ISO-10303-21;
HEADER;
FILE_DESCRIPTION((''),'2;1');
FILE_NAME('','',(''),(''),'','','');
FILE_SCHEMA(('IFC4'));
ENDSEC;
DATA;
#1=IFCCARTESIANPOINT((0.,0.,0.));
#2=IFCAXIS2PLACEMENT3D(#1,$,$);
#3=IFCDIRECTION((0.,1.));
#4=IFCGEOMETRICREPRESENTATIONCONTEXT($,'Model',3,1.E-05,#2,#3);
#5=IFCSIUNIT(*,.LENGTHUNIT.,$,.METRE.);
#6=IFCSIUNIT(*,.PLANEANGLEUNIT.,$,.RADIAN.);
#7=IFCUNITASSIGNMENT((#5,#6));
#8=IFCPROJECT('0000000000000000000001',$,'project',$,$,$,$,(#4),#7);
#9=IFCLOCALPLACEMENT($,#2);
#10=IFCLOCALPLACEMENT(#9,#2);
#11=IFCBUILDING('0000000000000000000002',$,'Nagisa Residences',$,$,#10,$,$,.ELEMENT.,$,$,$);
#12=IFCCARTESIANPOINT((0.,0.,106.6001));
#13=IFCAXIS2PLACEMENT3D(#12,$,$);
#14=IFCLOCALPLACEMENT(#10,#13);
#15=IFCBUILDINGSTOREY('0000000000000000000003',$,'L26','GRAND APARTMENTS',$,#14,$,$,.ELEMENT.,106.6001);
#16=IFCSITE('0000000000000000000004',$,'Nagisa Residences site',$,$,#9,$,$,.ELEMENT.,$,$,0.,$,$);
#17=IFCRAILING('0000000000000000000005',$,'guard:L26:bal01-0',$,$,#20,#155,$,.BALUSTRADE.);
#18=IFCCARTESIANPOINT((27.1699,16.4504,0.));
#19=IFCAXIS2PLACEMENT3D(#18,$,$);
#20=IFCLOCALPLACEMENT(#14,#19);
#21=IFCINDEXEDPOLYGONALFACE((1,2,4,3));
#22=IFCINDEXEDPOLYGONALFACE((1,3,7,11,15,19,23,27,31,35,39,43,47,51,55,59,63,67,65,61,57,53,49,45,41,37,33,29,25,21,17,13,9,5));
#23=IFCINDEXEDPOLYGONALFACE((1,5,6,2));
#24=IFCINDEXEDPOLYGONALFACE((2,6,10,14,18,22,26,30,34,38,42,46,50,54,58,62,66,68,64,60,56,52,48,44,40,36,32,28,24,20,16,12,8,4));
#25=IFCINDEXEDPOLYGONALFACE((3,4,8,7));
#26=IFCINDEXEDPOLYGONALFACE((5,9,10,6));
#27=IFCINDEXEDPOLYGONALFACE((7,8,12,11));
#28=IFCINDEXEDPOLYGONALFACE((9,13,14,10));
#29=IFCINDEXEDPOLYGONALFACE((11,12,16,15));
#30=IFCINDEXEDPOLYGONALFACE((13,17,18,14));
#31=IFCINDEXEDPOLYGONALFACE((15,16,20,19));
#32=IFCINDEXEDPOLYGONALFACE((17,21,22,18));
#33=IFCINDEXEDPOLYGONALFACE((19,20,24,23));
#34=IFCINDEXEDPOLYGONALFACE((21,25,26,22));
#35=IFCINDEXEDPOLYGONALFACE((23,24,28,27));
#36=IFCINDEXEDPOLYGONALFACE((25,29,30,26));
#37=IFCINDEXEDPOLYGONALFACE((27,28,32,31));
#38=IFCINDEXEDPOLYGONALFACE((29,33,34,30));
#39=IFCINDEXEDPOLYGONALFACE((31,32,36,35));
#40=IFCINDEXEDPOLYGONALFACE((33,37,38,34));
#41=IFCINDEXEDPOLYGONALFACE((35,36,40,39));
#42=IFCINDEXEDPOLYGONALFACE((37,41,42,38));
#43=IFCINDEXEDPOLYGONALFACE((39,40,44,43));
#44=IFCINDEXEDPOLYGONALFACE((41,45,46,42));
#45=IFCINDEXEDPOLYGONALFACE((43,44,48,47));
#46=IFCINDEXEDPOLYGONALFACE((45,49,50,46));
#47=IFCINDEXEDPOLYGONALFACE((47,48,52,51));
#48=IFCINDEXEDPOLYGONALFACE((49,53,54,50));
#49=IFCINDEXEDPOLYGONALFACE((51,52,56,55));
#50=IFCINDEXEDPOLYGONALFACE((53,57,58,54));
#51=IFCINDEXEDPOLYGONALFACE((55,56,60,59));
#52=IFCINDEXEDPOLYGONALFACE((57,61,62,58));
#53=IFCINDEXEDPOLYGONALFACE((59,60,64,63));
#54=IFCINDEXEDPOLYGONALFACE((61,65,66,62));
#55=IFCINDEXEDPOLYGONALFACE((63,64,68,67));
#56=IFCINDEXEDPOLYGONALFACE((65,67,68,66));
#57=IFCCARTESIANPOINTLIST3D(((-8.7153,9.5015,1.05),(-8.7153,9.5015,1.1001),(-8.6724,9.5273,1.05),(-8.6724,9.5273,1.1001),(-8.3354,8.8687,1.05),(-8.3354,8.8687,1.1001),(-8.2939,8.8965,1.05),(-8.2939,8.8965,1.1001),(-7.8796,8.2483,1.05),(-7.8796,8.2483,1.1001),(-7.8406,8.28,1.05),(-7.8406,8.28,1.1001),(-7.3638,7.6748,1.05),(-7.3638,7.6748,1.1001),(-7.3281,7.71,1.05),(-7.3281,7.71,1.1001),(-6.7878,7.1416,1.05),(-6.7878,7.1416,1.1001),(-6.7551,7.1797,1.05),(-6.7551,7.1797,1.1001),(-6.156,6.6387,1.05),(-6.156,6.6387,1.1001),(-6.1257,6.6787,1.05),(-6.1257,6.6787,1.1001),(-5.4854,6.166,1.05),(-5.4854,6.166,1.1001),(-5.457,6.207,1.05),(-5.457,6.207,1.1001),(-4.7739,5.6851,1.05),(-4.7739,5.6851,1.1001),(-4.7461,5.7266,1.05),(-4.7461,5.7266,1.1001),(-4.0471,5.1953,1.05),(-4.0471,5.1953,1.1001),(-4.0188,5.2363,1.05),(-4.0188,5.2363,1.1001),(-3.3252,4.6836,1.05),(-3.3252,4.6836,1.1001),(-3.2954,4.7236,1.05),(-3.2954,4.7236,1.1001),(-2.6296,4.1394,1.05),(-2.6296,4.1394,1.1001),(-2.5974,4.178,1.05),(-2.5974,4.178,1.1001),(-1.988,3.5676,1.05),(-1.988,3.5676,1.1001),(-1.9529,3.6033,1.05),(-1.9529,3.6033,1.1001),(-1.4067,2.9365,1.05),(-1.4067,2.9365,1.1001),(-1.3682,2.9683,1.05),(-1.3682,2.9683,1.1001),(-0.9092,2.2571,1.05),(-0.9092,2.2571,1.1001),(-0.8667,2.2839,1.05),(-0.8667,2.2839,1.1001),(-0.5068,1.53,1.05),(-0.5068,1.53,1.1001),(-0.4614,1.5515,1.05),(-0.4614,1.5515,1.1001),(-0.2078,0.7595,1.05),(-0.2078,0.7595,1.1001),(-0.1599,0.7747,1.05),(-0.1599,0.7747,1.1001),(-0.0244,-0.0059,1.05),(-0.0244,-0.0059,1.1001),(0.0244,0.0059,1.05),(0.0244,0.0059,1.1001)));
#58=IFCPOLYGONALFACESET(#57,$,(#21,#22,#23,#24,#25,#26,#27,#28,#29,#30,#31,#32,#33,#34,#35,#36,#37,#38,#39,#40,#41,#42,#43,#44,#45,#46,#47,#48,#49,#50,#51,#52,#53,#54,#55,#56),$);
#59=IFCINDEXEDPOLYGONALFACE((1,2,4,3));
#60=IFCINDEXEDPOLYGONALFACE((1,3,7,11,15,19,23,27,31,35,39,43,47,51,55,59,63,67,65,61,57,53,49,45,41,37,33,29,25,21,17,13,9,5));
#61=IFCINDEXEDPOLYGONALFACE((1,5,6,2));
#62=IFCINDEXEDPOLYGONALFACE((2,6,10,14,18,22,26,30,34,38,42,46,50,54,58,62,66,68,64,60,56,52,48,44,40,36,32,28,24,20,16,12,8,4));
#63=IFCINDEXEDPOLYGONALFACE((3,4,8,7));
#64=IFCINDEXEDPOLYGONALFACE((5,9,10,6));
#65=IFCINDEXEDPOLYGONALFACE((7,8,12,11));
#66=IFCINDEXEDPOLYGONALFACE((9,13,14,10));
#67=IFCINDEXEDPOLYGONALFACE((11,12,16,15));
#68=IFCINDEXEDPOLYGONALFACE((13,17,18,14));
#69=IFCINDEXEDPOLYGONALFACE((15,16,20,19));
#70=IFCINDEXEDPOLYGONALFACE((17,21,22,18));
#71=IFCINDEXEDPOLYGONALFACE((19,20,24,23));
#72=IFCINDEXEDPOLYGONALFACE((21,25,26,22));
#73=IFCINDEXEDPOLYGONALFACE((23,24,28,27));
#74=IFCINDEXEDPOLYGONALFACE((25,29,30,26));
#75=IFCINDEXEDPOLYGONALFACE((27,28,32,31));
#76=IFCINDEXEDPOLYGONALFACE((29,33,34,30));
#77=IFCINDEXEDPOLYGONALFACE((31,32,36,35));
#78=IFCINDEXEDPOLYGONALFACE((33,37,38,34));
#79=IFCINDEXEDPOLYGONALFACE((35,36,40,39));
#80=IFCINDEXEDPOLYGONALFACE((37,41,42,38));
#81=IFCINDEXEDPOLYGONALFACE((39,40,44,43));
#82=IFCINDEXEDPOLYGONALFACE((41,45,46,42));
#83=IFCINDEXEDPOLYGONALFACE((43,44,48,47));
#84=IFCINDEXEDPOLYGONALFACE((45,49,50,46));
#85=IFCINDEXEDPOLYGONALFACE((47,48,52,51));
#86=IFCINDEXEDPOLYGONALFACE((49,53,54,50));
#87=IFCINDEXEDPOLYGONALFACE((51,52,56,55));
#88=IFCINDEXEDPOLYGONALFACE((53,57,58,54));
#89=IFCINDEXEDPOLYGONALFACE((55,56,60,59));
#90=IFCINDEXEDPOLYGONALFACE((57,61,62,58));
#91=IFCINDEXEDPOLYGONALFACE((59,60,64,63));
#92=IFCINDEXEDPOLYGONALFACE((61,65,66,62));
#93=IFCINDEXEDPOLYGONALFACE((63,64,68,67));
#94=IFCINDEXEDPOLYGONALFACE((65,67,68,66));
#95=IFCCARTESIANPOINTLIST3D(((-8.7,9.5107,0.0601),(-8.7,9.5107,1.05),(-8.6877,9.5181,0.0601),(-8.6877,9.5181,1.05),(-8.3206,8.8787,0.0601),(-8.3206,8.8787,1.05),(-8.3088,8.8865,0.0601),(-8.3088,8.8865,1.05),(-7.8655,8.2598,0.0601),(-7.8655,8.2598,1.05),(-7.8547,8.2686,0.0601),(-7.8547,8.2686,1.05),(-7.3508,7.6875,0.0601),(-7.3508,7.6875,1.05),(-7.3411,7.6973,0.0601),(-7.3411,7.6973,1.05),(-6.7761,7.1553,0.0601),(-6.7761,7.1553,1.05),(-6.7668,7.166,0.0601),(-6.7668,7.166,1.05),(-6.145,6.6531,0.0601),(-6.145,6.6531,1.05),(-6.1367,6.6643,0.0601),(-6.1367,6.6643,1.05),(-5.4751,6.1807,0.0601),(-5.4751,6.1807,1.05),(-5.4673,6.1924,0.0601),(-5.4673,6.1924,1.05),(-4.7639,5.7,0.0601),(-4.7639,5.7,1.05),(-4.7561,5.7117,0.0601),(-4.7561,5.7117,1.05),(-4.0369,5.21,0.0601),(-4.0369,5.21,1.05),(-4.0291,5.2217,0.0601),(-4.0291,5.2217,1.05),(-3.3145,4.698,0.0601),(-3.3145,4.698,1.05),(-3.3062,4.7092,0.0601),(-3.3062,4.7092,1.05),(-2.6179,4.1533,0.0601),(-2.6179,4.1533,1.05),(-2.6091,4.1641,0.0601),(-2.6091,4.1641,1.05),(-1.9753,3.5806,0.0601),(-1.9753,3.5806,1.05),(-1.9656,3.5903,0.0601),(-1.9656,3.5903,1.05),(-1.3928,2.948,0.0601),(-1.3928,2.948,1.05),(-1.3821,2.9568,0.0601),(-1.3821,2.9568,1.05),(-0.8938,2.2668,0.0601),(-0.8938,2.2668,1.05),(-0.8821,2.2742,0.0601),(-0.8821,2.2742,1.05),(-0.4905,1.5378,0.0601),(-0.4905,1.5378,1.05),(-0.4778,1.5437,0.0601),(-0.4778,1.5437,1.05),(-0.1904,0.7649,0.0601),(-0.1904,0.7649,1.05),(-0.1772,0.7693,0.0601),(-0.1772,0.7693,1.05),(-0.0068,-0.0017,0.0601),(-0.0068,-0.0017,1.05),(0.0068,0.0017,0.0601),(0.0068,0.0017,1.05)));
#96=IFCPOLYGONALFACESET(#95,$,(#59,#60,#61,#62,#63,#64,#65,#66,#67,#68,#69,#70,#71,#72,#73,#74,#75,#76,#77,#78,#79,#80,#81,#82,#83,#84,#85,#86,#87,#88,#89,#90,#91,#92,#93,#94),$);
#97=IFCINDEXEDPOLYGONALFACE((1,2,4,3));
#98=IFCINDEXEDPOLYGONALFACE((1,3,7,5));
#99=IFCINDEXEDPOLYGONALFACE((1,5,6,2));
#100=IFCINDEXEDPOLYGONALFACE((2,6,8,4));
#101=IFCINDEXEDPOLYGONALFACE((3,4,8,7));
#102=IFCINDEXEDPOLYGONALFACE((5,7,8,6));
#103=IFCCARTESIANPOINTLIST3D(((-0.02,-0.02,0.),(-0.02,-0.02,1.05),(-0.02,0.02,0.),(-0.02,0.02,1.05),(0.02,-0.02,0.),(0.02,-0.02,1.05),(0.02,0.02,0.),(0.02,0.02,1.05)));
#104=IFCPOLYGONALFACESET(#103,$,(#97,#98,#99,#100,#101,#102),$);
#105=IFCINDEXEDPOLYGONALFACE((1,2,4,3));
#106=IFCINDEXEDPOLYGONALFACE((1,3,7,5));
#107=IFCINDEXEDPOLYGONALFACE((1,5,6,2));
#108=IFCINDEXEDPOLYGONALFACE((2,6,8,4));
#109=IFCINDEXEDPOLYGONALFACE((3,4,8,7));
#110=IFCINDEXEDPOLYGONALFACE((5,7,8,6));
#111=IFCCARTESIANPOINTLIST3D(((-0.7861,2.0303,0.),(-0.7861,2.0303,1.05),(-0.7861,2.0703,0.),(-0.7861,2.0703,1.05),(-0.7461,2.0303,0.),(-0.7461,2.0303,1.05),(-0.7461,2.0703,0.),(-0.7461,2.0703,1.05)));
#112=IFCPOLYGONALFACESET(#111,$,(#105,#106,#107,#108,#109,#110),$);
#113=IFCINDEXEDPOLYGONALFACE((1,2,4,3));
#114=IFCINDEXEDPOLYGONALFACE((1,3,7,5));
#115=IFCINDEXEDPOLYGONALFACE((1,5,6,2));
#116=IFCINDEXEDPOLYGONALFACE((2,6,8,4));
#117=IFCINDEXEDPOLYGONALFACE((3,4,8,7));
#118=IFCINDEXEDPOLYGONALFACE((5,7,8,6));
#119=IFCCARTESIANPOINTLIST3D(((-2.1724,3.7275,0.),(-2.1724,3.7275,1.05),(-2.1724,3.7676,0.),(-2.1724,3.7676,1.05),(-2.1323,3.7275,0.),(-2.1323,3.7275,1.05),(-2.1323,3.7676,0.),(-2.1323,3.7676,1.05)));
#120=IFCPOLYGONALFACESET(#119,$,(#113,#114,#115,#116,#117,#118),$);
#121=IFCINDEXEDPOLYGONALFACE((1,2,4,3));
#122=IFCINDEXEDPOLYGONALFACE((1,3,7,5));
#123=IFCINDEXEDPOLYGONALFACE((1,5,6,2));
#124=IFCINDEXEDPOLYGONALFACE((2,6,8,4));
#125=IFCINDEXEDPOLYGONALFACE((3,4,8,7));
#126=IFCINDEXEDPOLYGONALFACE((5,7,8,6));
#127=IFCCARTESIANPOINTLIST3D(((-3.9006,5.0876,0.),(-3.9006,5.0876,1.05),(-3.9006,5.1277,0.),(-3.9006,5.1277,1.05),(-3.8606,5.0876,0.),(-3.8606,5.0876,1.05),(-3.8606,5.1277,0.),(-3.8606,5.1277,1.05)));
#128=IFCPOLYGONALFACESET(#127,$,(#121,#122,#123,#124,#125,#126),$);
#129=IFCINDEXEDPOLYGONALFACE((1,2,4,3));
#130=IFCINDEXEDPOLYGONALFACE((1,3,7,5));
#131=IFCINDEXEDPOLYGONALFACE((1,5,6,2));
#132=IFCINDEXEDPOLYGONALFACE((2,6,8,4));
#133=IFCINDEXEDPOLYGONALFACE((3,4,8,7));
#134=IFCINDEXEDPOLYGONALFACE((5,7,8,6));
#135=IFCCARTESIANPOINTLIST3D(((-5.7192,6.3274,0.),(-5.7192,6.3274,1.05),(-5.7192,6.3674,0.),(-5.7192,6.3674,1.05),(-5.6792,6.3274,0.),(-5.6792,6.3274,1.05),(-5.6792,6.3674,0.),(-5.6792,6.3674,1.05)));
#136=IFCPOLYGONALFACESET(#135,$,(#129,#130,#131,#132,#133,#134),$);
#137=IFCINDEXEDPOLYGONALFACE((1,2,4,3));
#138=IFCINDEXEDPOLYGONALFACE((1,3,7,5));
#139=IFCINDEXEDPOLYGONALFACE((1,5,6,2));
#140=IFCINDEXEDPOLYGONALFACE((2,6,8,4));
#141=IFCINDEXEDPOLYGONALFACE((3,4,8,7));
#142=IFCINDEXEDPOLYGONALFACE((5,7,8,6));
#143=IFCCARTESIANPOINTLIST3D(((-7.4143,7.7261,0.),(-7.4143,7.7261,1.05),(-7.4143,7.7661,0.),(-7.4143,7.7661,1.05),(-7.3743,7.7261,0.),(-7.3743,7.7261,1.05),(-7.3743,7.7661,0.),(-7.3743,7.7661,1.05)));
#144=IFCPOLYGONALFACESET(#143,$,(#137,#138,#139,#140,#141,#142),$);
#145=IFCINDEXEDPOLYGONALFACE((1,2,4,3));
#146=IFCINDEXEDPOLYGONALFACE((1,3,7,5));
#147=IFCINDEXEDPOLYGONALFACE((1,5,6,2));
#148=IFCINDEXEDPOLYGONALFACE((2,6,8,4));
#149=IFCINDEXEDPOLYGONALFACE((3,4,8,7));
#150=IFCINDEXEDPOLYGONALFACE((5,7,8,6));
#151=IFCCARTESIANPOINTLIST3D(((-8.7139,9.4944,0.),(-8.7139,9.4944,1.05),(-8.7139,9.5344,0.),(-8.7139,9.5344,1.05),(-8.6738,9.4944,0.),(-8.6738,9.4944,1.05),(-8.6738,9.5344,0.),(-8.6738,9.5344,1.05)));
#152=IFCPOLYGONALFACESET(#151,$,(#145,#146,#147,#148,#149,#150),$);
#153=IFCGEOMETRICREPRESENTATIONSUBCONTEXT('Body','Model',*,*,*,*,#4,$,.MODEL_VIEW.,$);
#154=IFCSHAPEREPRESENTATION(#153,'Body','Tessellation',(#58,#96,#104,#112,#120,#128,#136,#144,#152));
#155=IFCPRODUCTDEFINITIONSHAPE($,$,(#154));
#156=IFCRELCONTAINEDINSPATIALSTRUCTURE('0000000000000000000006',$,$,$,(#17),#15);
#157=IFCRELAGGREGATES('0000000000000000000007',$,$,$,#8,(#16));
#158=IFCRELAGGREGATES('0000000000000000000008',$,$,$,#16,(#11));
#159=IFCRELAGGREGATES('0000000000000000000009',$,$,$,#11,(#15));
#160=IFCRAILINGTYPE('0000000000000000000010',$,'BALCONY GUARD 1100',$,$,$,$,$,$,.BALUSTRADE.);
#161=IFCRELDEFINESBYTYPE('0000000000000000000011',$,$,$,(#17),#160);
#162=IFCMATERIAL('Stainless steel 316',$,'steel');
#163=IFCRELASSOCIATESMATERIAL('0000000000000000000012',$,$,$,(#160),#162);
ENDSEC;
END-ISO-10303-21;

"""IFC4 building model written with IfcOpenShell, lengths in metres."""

from ifc_helpers import new_model, si_unit, direction, frame, origin, origin_2d, place, context, subcontext, project, spatial, polyline, rectangle, outline, extrude, material, type_object, element, save


model = new_model("IFC4")

# Units and contexts
model_context = context("Model", 3, precision=1e-05, world=origin(), true_north=direction((0.0, 1.0)))
body_context = subcontext(model_context, "Body", "Model", "MODEL_VIEW")
ifc_project = project(units=[si_unit("LENGTHUNIT", "METRE"), si_unit("PLANEANGLEUNIT", "RADIAN")], contexts=[model_context])

# Site, building, storey
site_placement = place(None, origin())
site = spatial("IfcSite", under=ifc_project, at=site_placement, Name="Nagisa Residences site", CompositionType="ELEMENT", RefElevation=0.0)
building_placement = place(site_placement, origin())
building = spatial("IfcBuilding", under=site, at=building_placement, Name="Nagisa Residences", CompositionType="ELEMENT")
storey_placement = place(building_placement, frame((0.0, 0.0, 106.6001)))
storey = spatial("IfcBuildingStorey", under=building, at=storey_placement, Name="L26", Description="GRAND APARTMENTS", CompositionType="ELEMENT", Elevation=106.6001)

# Railing
ifc_material_1 = material(Name="Stainless steel 316", Category="steel")
railing_type = type_object("IfcRailingType", Name="BALCONY GUARD 1100", PredefinedType="BALUSTRADE", material=ifc_material_1)
railing_1_placement = place(storey_placement, frame((27.1699, 16.4504, 0.0)))
element("IfcRailing", 1, at=railing_1_placement, inside=storey, type_object=railing_type, Name="guard:L26:bal01-0", PredefinedType="BALUSTRADE", context=body_context, shape_type="SweptSolid", body=[
    extrude(outline(polyline([(-0.2078, 0.7595), (-0.0244, -0.0059), (0.0244, 0.0059), (-0.1599, 0.7747), (-0.4614, 1.5515), (-0.8667, 2.2839), (-1.3682, 2.9683), (-1.9529, 3.6033), (-2.5974, 4.178), (-3.2954, 4.7236), (-4.0188, 5.2363), (-4.7461, 5.7266), (-5.457, 6.207), (-6.1257, 6.6787), (-6.7551, 7.1797), (-7.3281, 7.71), (-7.8406, 8.28), (-8.2939, 8.8965), (-8.6724, 9.5273), (-8.7153, 9.5015), (-8.3354, 8.8687), (-7.8796, 8.2483), (-7.3638, 7.6748), (-6.7878, 7.1416), (-6.156, 6.6387), (-5.4854, 6.166), (-4.7739, 5.6851), (-4.0471, 5.1953), (-3.3252, 4.6836), (-2.6296, 4.1394), (-1.988, 3.5676), (-1.4067, 2.9365), (-0.9092, 2.2571), (-0.5068, 1.53), (-0.2078, 0.7595)])), frame((0.0, 0.0, 1.05)), (0.0, 0.0, 1.0), 0.05),
    extrude(outline(polyline([(-0.1904, 0.7649), (-0.0068, -0.0017), (0.0068, 0.0017), (-0.1772, 0.7693), (-0.4778, 1.5437), (-0.8821, 2.2742), (-1.3821, 2.9568), (-1.9656, 3.5903), (-2.6091, 4.1641), (-3.3062, 4.7092), (-4.0291, 5.2217), (-4.7561, 5.7117), (-5.4673, 6.1924), (-6.1367, 6.6643), (-6.7668, 7.166), (-7.3411, 7.6973), (-7.8547, 8.2686), (-8.3088, 8.8865), (-8.6877, 9.5181), (-8.7, 9.5107), (-8.3206, 8.8787), (-7.8655, 8.2598), (-7.3508, 7.6875), (-6.7761, 7.1553), (-6.145, 6.6531), (-5.4751, 6.1807), (-4.7639, 5.7), (-4.0369, 5.21), (-3.3145, 4.698), (-2.6179, 4.1533), (-1.9753, 3.5806), (-1.3928, 2.948), (-0.8938, 2.2668), (-0.4905, 1.5378), (-0.1904, 0.7649)])), frame((0.0, 0.0, 0.0601)), (0.0, 0.0, 1.0), 0.99),
    extrude(rectangle(XDim=0.04, YDim=0.04, at=origin_2d()), origin(), (0.0, 0.0, 1.0), 1.05),
    extrude(rectangle(XDim=0.04, YDim=0.04, at=origin_2d()), frame((-0.7661, 2.0503, 0.0)), (0.0, 0.0, 1.0), 1.05),
    extrude(rectangle(XDim=0.04, YDim=0.04, at=origin_2d()), frame((-2.1523, 3.7476, 0.0)), (0.0, 0.0, 1.0), 1.05),
    extrude(rectangle(XDim=0.04, YDim=0.04, at=origin_2d()), frame((-3.8806, 5.1077, 0.0)), (0.0, 0.0, 1.0), 1.05),
    extrude(rectangle(XDim=0.04, YDim=0.04, at=origin_2d()), frame((-5.6992, 6.3474, 0.0)), (0.0, 0.0, 1.0), 1.05),
    extrude(rectangle(XDim=0.04, YDim=0.04, at=origin_2d()), frame((-7.3943, 7.7461, 0.0)), (0.0, 0.0, 1.0), 1.05),
    extrude(rectangle(XDim=0.04, YDim=0.04, at=origin_2d()), frame((-8.6938, 9.5144, 0.0)), (0.0, 0.0, 1.0), 1.05),
])

save(model, "model.ifc")
